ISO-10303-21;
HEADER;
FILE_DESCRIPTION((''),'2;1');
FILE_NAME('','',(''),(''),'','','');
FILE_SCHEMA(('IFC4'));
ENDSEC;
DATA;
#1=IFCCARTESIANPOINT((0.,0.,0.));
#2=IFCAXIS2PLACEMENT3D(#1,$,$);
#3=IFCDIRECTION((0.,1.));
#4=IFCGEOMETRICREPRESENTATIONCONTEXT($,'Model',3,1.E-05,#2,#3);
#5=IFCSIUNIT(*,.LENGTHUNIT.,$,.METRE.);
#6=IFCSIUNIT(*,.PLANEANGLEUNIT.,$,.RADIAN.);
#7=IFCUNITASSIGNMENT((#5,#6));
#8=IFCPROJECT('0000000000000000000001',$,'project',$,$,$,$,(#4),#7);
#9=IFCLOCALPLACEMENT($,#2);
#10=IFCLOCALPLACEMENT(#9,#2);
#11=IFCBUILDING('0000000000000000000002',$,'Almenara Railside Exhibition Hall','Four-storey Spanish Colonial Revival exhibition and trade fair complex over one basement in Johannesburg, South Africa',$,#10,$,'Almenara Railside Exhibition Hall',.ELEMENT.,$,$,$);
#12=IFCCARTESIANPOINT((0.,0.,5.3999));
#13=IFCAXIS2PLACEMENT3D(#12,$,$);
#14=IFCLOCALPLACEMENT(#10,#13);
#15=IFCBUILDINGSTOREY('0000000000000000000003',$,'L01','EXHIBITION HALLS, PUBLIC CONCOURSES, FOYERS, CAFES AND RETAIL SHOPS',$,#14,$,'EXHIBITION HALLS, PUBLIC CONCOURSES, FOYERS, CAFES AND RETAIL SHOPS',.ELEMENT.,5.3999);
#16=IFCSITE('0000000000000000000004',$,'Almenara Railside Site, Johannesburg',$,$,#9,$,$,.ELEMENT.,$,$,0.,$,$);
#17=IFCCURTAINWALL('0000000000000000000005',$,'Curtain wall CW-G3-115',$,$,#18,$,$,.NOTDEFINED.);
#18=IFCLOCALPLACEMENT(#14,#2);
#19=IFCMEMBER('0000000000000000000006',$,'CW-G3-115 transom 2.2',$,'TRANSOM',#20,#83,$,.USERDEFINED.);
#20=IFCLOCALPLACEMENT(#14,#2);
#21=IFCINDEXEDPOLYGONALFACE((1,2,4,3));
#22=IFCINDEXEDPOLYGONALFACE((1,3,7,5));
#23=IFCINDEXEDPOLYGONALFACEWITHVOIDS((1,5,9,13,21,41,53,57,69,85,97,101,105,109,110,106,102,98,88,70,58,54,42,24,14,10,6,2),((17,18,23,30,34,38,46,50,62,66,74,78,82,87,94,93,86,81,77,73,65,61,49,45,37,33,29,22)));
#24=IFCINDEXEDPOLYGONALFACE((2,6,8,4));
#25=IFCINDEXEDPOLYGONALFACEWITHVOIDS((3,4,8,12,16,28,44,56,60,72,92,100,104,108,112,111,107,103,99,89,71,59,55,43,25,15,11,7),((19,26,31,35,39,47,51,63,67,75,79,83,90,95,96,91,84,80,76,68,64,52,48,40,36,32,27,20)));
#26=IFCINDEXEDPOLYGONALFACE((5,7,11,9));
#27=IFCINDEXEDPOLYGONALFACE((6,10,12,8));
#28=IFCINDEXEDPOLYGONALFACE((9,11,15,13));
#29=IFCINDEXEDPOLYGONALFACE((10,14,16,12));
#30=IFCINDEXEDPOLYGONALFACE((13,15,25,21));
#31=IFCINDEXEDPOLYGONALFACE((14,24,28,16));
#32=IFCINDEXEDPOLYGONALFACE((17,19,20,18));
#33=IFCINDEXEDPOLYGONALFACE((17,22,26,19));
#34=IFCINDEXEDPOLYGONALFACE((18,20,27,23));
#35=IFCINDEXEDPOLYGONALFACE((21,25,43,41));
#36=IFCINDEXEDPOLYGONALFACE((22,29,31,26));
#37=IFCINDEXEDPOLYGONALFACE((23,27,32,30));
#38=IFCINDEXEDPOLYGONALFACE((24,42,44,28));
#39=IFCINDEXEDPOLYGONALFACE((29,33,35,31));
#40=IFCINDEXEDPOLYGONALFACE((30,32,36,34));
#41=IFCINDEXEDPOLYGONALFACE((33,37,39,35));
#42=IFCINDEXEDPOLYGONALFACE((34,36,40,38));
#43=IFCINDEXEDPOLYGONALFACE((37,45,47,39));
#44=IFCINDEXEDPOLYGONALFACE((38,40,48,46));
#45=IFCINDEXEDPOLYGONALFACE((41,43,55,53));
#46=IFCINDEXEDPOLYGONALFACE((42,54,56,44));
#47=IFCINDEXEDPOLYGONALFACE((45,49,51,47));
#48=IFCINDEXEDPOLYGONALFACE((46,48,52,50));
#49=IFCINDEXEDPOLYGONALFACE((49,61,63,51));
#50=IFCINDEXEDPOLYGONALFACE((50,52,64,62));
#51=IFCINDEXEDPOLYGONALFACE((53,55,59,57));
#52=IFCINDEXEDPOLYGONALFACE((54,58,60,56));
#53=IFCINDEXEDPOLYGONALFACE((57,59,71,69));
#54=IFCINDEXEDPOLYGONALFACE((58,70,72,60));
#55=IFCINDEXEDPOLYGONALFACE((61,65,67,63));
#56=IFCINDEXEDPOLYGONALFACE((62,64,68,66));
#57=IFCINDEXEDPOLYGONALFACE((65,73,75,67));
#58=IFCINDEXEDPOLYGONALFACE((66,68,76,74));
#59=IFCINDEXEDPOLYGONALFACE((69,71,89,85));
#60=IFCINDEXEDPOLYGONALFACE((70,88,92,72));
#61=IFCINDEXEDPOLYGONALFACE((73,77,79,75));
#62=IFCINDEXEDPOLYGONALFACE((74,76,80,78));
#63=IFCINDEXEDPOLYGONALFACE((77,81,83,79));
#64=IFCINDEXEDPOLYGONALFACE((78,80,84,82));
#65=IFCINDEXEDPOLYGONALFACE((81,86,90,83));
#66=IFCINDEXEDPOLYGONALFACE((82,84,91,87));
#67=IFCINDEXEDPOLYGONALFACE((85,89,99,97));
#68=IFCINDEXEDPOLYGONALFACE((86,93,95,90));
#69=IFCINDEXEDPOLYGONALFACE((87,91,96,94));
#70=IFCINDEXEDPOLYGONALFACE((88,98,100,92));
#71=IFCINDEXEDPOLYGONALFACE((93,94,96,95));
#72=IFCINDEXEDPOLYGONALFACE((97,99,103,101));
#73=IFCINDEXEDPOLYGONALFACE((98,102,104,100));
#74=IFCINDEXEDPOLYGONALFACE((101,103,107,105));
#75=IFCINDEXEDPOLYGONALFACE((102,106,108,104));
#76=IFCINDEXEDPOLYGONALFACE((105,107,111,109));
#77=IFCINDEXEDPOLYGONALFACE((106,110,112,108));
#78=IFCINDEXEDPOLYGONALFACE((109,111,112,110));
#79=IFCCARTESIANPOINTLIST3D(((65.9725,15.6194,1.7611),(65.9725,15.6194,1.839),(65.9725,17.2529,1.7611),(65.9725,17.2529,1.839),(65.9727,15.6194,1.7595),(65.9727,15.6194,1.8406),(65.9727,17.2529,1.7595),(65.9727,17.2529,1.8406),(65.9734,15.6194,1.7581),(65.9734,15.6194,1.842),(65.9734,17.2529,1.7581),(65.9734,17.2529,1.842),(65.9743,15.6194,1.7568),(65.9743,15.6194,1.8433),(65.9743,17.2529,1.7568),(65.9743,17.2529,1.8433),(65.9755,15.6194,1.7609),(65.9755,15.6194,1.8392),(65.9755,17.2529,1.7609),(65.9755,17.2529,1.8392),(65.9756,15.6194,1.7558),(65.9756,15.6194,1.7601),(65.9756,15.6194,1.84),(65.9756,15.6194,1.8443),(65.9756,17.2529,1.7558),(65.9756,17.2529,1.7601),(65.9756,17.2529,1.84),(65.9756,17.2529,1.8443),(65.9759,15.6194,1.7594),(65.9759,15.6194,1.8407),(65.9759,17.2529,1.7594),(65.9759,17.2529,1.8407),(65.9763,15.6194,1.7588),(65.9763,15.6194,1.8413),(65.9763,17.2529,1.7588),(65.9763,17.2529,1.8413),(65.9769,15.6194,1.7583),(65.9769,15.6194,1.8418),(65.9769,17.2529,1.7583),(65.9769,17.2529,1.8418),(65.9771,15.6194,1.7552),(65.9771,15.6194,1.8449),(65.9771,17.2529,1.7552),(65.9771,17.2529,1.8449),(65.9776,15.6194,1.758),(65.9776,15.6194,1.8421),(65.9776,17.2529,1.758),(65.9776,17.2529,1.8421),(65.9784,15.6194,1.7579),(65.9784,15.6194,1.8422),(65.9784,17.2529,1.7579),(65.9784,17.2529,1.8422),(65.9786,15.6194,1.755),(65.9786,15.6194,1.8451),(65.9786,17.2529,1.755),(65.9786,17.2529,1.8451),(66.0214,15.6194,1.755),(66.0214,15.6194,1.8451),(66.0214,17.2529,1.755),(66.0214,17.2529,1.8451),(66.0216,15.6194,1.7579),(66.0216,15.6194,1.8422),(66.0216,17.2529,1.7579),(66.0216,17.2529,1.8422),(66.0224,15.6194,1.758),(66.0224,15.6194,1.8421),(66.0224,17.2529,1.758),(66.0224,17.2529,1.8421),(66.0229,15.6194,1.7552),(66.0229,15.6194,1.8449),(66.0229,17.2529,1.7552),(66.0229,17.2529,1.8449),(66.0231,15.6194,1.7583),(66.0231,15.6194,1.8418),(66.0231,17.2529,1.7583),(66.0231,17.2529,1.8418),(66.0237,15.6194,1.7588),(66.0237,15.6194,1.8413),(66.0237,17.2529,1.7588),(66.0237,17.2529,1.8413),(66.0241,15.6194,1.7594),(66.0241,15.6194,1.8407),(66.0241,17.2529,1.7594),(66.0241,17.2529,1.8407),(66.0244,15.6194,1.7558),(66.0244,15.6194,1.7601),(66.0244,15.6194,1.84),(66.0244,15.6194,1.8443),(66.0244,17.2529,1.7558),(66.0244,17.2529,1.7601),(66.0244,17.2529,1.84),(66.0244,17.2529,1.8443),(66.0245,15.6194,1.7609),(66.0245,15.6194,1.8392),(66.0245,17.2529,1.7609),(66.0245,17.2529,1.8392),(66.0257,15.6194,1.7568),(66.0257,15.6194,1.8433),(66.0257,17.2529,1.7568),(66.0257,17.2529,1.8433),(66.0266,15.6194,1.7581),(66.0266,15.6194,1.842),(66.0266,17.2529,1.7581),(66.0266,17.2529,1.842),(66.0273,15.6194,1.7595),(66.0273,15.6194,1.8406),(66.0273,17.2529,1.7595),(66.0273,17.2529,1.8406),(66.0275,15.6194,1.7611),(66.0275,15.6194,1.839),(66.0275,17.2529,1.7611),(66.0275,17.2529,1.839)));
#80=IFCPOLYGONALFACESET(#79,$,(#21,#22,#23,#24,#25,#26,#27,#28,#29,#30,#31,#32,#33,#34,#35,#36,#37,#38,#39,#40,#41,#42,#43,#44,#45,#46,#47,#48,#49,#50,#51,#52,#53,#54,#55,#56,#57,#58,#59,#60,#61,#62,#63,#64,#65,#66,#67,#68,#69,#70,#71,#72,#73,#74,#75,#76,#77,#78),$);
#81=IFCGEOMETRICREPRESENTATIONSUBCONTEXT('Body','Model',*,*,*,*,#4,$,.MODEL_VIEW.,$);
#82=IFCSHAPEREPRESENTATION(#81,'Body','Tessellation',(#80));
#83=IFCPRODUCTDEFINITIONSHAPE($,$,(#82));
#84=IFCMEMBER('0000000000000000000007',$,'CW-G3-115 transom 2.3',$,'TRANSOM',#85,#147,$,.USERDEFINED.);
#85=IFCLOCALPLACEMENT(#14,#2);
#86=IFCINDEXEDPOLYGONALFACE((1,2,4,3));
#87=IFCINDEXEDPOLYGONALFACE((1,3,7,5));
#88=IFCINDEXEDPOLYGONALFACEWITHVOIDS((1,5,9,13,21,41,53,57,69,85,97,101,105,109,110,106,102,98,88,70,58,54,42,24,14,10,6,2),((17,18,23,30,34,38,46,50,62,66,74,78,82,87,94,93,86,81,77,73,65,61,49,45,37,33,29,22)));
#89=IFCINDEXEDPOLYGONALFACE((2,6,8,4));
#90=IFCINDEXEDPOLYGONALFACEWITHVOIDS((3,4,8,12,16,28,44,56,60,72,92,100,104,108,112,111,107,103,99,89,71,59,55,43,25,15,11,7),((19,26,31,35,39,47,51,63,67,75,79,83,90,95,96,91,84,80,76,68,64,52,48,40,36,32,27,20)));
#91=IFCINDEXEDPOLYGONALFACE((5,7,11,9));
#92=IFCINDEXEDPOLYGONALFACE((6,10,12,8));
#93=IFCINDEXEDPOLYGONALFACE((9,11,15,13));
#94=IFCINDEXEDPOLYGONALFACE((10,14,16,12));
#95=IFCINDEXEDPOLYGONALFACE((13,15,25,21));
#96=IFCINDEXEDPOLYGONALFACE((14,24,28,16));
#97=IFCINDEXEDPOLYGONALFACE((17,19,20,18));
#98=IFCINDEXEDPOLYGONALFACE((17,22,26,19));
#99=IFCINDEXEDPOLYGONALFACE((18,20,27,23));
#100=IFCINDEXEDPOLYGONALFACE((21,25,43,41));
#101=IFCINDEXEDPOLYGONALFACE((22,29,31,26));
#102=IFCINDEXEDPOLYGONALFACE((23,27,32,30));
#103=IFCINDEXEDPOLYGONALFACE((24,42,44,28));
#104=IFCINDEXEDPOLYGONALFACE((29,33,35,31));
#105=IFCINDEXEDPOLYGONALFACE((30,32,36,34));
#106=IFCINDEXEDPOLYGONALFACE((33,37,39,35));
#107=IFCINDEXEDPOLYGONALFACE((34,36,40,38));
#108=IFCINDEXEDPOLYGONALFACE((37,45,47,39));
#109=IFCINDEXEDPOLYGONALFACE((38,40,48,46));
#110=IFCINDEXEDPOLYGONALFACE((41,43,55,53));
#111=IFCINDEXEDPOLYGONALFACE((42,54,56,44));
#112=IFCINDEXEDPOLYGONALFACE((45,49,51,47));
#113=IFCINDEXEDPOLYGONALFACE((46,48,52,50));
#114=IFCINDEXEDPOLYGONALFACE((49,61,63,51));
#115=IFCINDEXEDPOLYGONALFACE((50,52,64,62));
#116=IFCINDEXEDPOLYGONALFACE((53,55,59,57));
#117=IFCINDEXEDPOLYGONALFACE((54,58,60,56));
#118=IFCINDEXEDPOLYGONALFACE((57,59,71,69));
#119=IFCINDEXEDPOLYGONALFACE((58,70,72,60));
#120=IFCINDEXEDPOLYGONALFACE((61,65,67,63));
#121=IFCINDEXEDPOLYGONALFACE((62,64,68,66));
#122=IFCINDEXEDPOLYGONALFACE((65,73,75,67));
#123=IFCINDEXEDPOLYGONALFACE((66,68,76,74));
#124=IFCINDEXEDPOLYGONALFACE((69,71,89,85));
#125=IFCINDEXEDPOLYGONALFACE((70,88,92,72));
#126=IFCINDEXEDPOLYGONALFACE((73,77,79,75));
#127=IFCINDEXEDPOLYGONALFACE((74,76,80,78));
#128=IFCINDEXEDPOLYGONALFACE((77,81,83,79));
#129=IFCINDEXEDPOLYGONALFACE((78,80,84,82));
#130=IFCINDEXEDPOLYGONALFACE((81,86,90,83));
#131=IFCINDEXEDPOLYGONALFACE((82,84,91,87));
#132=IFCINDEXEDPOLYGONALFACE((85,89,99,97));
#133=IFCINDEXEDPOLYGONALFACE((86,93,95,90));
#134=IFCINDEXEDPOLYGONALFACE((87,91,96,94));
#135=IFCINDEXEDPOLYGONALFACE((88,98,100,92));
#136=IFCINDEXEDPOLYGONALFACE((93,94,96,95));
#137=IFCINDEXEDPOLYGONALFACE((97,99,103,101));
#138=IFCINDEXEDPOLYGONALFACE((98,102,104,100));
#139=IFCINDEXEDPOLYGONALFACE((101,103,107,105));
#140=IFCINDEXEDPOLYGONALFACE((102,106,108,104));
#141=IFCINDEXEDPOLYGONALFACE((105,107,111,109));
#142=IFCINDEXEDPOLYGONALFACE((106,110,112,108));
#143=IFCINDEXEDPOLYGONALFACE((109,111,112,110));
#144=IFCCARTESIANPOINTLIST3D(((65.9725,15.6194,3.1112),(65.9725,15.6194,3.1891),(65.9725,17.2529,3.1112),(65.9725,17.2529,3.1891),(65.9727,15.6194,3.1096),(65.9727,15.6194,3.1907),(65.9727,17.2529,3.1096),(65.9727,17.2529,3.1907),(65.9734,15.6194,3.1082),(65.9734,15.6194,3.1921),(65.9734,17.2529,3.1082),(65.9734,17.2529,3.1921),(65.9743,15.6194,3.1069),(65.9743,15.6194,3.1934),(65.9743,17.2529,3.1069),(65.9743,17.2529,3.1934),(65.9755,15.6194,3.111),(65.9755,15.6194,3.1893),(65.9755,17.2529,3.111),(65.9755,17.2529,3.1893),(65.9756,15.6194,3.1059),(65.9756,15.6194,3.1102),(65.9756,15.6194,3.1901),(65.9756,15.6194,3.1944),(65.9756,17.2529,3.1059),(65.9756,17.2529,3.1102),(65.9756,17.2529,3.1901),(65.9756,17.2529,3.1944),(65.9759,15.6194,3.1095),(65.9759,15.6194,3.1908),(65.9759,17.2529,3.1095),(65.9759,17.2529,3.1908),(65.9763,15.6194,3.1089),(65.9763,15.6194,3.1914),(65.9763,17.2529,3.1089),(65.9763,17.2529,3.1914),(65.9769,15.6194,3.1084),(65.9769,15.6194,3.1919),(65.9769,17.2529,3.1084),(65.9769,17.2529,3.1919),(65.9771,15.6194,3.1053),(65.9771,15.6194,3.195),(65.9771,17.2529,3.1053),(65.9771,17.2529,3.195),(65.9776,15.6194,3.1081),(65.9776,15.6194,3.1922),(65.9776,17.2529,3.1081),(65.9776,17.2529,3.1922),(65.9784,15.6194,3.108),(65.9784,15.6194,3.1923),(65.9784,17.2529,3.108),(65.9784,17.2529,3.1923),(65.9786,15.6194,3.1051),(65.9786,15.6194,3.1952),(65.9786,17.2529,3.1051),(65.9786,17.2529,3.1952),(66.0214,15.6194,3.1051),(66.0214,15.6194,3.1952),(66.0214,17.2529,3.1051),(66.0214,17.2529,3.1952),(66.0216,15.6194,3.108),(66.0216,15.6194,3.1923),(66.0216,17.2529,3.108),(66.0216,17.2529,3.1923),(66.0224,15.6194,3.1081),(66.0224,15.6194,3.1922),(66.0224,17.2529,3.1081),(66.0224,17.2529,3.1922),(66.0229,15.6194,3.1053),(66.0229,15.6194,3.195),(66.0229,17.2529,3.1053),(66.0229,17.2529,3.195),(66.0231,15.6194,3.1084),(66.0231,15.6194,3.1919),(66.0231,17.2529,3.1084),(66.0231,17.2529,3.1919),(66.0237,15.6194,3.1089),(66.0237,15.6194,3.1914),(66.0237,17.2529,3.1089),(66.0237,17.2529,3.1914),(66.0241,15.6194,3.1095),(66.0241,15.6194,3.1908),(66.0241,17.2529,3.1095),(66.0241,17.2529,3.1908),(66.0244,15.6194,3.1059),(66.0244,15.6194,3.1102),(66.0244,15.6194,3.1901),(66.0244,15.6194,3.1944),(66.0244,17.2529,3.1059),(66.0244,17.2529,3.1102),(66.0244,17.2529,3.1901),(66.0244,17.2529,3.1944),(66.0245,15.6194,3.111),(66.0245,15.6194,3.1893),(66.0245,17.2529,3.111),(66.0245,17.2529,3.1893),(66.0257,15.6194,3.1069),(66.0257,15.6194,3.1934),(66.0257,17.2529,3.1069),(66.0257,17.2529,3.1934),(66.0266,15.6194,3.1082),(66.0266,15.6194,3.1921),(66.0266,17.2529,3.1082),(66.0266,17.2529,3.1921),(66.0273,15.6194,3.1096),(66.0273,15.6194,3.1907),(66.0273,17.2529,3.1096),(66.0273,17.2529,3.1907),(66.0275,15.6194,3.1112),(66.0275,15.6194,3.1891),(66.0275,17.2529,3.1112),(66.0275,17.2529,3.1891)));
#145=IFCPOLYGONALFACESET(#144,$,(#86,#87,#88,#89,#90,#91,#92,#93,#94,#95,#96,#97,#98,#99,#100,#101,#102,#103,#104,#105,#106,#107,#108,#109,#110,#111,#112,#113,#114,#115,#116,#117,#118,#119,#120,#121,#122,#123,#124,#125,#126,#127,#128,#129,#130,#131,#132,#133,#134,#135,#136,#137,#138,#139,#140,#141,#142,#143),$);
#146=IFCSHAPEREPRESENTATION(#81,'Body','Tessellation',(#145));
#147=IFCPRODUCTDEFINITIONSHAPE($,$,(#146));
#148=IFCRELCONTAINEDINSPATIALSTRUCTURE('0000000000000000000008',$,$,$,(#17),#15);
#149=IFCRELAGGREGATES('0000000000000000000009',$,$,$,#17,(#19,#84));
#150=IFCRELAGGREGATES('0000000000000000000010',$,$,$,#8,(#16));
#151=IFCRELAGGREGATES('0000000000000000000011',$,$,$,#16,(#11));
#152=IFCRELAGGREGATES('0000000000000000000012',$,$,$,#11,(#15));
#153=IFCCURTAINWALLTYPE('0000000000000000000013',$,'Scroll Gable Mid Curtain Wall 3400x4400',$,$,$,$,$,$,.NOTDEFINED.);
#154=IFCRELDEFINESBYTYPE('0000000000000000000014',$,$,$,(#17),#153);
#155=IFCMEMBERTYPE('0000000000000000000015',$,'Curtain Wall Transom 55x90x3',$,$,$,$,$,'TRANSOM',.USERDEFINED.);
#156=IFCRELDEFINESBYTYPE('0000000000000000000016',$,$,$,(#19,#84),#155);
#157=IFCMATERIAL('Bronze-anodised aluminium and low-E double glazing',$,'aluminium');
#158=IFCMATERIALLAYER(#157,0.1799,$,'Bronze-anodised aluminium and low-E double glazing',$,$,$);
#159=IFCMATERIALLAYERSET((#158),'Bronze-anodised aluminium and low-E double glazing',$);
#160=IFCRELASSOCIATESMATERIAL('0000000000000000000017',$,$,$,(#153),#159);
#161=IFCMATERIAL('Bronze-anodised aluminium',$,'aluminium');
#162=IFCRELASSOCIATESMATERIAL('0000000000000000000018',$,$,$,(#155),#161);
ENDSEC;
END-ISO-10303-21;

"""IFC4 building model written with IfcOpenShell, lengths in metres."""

from ifc_helpers import new_model, si_unit, direction, frame, origin, origin_2d, place, context, subcontext, project, spatial, hollow_rectangle, extrude, material, layer, layer_set, material_profile, profile_set, type_object, element, aggregate, save


model = new_model("IFC4")

# Units and contexts
model_context = context("Model", 3, precision=1e-05, world=origin(), true_north=direction((0.0, 1.0)))
body_context = subcontext(model_context, "Body", "Model", "MODEL_VIEW")
ifc_project = project(units=[si_unit("LENGTHUNIT", "METRE"), si_unit("PLANEANGLEUNIT", "RADIAN")], contexts=[model_context])

# Site, building, storey
site_placement = place(None, origin())
site = spatial("IfcSite", under=ifc_project, at=site_placement, Name="Almenara Railside Site, Johannesburg", CompositionType="ELEMENT", RefElevation=0.0)
building_placement = place(site_placement, origin())
building = spatial("IfcBuilding", under=site, at=building_placement, Name="Almenara Railside Exhibition Hall", Description="Four-storey Spanish Colonial Revival exhibition and trade fair complex over one basement in Johannesburg, South Africa", LongName="Almenara Railside Exhibition Hall", CompositionType="ELEMENT")
storey_placement = place(building_placement, frame((0.0, 0.0, 5.3999)))
storey = spatial("IfcBuildingStorey", under=building, at=storey_placement, Name="L01", Description="EXHIBITION HALLS, PUBLIC CONCOURSES, FOYERS, CAFES AND RETAIL SHOPS", LongName="EXHIBITION HALLS, PUBLIC CONCOURSES, FOYERS, CAFES AND RETAIL SHOPS", CompositionType="ELEMENT", Elevation=5.3999)

# Curtain wall
ifc_material_1 = material(Name="Bronze-anodised aluminium and low-E double glazing", Category="aluminium")
ifc_layer_1 = layer(ifc_material_1, 0.1799, Name="Bronze-anodised aluminium and low-E double glazing")
ifc_layer_set_1 = layer_set([ifc_layer_1], Name="Bronze-anodised aluminium and low-E double glazing")
curtain_wall_type_1 = type_object("IfcCurtainWallType", Name="Scroll Gable Mid Curtain Wall 3400x4400", PredefinedType="NOTDEFINED", material=ifc_layer_set_1)
curtain_wall_1_placement = place(storey_placement, origin())
curtain_wall_1 = element("IfcCurtainWall", 1, at=curtain_wall_1_placement, inside=storey, type_object=curtain_wall_type_1, Name="Curtain wall CW-G3-115", PredefinedType="NOTDEFINED")
ifc_material_2 = material(Name="Bronze-anodised aluminium", Category="aluminium")

# Members
ifc_material_profile_1 = material_profile(ifc_material_2, hollow_rectangle(XDim=0.0549, YDim=0.0901, WallThickness=0.0029, InnerFilletRadius=0.0029, OuterFilletRadius=0.0061, at=origin_2d()), Name="ALU-TRN 55x90x3")
ifc_profile_set_1 = profile_set([ifc_material_profile_1], Name="Bronze-anodised aluminium")
member_type_1 = type_object("IfcMemberType", Name="Curtain Wall Transom 55x90x3", ElementType="TRANSOM", PredefinedType="USERDEFINED", material=ifc_profile_set_1)
member_1_placement = place(storey_placement, frame((66.0, 15.6194, 1.8), z_axis=(0.0, 1.0, 0.0), x_axis=(-1.0, 0.0, 0.0)))
member_1 = element("IfcMember", 2, at=member_1_placement, type_object=member_type_1, Name="CW-G3-115 transom 2.2", ObjectType="TRANSOM", PredefinedType="USERDEFINED", context=body_context, shape_type="SweptSolid", body=[
    extrude(hollow_rectangle(XDim=0.0549, YDim=0.0901, WallThickness=0.0029, InnerFilletRadius=0.0029, OuterFilletRadius=0.0061, at=origin_2d()), origin(), (0.0, 0.0, 1.0), 1.6335),
])
member_2_placement = place(storey_placement, frame((66.0, 15.6194, 3.1501), z_axis=(0.0, 1.0, 0.0), x_axis=(-1.0, 0.0, 0.0)))
member_2 = element("IfcMember", 3, at=member_2_placement, type_object=member_type_1, Name="CW-G3-115 transom 2.3", ObjectType="TRANSOM", PredefinedType="USERDEFINED", context=body_context, shape_type="SweptSolid", body=[
    extrude(hollow_rectangle(XDim=0.0549, YDim=0.0901, WallThickness=0.0029, InnerFilletRadius=0.0029, OuterFilletRadius=0.0061, at=origin_2d()), origin(), (0.0, 0.0, 1.0), 1.6335),
])

aggregate(curtain_wall_1, [member_1, member_2])

save(model, "model.ifc")
